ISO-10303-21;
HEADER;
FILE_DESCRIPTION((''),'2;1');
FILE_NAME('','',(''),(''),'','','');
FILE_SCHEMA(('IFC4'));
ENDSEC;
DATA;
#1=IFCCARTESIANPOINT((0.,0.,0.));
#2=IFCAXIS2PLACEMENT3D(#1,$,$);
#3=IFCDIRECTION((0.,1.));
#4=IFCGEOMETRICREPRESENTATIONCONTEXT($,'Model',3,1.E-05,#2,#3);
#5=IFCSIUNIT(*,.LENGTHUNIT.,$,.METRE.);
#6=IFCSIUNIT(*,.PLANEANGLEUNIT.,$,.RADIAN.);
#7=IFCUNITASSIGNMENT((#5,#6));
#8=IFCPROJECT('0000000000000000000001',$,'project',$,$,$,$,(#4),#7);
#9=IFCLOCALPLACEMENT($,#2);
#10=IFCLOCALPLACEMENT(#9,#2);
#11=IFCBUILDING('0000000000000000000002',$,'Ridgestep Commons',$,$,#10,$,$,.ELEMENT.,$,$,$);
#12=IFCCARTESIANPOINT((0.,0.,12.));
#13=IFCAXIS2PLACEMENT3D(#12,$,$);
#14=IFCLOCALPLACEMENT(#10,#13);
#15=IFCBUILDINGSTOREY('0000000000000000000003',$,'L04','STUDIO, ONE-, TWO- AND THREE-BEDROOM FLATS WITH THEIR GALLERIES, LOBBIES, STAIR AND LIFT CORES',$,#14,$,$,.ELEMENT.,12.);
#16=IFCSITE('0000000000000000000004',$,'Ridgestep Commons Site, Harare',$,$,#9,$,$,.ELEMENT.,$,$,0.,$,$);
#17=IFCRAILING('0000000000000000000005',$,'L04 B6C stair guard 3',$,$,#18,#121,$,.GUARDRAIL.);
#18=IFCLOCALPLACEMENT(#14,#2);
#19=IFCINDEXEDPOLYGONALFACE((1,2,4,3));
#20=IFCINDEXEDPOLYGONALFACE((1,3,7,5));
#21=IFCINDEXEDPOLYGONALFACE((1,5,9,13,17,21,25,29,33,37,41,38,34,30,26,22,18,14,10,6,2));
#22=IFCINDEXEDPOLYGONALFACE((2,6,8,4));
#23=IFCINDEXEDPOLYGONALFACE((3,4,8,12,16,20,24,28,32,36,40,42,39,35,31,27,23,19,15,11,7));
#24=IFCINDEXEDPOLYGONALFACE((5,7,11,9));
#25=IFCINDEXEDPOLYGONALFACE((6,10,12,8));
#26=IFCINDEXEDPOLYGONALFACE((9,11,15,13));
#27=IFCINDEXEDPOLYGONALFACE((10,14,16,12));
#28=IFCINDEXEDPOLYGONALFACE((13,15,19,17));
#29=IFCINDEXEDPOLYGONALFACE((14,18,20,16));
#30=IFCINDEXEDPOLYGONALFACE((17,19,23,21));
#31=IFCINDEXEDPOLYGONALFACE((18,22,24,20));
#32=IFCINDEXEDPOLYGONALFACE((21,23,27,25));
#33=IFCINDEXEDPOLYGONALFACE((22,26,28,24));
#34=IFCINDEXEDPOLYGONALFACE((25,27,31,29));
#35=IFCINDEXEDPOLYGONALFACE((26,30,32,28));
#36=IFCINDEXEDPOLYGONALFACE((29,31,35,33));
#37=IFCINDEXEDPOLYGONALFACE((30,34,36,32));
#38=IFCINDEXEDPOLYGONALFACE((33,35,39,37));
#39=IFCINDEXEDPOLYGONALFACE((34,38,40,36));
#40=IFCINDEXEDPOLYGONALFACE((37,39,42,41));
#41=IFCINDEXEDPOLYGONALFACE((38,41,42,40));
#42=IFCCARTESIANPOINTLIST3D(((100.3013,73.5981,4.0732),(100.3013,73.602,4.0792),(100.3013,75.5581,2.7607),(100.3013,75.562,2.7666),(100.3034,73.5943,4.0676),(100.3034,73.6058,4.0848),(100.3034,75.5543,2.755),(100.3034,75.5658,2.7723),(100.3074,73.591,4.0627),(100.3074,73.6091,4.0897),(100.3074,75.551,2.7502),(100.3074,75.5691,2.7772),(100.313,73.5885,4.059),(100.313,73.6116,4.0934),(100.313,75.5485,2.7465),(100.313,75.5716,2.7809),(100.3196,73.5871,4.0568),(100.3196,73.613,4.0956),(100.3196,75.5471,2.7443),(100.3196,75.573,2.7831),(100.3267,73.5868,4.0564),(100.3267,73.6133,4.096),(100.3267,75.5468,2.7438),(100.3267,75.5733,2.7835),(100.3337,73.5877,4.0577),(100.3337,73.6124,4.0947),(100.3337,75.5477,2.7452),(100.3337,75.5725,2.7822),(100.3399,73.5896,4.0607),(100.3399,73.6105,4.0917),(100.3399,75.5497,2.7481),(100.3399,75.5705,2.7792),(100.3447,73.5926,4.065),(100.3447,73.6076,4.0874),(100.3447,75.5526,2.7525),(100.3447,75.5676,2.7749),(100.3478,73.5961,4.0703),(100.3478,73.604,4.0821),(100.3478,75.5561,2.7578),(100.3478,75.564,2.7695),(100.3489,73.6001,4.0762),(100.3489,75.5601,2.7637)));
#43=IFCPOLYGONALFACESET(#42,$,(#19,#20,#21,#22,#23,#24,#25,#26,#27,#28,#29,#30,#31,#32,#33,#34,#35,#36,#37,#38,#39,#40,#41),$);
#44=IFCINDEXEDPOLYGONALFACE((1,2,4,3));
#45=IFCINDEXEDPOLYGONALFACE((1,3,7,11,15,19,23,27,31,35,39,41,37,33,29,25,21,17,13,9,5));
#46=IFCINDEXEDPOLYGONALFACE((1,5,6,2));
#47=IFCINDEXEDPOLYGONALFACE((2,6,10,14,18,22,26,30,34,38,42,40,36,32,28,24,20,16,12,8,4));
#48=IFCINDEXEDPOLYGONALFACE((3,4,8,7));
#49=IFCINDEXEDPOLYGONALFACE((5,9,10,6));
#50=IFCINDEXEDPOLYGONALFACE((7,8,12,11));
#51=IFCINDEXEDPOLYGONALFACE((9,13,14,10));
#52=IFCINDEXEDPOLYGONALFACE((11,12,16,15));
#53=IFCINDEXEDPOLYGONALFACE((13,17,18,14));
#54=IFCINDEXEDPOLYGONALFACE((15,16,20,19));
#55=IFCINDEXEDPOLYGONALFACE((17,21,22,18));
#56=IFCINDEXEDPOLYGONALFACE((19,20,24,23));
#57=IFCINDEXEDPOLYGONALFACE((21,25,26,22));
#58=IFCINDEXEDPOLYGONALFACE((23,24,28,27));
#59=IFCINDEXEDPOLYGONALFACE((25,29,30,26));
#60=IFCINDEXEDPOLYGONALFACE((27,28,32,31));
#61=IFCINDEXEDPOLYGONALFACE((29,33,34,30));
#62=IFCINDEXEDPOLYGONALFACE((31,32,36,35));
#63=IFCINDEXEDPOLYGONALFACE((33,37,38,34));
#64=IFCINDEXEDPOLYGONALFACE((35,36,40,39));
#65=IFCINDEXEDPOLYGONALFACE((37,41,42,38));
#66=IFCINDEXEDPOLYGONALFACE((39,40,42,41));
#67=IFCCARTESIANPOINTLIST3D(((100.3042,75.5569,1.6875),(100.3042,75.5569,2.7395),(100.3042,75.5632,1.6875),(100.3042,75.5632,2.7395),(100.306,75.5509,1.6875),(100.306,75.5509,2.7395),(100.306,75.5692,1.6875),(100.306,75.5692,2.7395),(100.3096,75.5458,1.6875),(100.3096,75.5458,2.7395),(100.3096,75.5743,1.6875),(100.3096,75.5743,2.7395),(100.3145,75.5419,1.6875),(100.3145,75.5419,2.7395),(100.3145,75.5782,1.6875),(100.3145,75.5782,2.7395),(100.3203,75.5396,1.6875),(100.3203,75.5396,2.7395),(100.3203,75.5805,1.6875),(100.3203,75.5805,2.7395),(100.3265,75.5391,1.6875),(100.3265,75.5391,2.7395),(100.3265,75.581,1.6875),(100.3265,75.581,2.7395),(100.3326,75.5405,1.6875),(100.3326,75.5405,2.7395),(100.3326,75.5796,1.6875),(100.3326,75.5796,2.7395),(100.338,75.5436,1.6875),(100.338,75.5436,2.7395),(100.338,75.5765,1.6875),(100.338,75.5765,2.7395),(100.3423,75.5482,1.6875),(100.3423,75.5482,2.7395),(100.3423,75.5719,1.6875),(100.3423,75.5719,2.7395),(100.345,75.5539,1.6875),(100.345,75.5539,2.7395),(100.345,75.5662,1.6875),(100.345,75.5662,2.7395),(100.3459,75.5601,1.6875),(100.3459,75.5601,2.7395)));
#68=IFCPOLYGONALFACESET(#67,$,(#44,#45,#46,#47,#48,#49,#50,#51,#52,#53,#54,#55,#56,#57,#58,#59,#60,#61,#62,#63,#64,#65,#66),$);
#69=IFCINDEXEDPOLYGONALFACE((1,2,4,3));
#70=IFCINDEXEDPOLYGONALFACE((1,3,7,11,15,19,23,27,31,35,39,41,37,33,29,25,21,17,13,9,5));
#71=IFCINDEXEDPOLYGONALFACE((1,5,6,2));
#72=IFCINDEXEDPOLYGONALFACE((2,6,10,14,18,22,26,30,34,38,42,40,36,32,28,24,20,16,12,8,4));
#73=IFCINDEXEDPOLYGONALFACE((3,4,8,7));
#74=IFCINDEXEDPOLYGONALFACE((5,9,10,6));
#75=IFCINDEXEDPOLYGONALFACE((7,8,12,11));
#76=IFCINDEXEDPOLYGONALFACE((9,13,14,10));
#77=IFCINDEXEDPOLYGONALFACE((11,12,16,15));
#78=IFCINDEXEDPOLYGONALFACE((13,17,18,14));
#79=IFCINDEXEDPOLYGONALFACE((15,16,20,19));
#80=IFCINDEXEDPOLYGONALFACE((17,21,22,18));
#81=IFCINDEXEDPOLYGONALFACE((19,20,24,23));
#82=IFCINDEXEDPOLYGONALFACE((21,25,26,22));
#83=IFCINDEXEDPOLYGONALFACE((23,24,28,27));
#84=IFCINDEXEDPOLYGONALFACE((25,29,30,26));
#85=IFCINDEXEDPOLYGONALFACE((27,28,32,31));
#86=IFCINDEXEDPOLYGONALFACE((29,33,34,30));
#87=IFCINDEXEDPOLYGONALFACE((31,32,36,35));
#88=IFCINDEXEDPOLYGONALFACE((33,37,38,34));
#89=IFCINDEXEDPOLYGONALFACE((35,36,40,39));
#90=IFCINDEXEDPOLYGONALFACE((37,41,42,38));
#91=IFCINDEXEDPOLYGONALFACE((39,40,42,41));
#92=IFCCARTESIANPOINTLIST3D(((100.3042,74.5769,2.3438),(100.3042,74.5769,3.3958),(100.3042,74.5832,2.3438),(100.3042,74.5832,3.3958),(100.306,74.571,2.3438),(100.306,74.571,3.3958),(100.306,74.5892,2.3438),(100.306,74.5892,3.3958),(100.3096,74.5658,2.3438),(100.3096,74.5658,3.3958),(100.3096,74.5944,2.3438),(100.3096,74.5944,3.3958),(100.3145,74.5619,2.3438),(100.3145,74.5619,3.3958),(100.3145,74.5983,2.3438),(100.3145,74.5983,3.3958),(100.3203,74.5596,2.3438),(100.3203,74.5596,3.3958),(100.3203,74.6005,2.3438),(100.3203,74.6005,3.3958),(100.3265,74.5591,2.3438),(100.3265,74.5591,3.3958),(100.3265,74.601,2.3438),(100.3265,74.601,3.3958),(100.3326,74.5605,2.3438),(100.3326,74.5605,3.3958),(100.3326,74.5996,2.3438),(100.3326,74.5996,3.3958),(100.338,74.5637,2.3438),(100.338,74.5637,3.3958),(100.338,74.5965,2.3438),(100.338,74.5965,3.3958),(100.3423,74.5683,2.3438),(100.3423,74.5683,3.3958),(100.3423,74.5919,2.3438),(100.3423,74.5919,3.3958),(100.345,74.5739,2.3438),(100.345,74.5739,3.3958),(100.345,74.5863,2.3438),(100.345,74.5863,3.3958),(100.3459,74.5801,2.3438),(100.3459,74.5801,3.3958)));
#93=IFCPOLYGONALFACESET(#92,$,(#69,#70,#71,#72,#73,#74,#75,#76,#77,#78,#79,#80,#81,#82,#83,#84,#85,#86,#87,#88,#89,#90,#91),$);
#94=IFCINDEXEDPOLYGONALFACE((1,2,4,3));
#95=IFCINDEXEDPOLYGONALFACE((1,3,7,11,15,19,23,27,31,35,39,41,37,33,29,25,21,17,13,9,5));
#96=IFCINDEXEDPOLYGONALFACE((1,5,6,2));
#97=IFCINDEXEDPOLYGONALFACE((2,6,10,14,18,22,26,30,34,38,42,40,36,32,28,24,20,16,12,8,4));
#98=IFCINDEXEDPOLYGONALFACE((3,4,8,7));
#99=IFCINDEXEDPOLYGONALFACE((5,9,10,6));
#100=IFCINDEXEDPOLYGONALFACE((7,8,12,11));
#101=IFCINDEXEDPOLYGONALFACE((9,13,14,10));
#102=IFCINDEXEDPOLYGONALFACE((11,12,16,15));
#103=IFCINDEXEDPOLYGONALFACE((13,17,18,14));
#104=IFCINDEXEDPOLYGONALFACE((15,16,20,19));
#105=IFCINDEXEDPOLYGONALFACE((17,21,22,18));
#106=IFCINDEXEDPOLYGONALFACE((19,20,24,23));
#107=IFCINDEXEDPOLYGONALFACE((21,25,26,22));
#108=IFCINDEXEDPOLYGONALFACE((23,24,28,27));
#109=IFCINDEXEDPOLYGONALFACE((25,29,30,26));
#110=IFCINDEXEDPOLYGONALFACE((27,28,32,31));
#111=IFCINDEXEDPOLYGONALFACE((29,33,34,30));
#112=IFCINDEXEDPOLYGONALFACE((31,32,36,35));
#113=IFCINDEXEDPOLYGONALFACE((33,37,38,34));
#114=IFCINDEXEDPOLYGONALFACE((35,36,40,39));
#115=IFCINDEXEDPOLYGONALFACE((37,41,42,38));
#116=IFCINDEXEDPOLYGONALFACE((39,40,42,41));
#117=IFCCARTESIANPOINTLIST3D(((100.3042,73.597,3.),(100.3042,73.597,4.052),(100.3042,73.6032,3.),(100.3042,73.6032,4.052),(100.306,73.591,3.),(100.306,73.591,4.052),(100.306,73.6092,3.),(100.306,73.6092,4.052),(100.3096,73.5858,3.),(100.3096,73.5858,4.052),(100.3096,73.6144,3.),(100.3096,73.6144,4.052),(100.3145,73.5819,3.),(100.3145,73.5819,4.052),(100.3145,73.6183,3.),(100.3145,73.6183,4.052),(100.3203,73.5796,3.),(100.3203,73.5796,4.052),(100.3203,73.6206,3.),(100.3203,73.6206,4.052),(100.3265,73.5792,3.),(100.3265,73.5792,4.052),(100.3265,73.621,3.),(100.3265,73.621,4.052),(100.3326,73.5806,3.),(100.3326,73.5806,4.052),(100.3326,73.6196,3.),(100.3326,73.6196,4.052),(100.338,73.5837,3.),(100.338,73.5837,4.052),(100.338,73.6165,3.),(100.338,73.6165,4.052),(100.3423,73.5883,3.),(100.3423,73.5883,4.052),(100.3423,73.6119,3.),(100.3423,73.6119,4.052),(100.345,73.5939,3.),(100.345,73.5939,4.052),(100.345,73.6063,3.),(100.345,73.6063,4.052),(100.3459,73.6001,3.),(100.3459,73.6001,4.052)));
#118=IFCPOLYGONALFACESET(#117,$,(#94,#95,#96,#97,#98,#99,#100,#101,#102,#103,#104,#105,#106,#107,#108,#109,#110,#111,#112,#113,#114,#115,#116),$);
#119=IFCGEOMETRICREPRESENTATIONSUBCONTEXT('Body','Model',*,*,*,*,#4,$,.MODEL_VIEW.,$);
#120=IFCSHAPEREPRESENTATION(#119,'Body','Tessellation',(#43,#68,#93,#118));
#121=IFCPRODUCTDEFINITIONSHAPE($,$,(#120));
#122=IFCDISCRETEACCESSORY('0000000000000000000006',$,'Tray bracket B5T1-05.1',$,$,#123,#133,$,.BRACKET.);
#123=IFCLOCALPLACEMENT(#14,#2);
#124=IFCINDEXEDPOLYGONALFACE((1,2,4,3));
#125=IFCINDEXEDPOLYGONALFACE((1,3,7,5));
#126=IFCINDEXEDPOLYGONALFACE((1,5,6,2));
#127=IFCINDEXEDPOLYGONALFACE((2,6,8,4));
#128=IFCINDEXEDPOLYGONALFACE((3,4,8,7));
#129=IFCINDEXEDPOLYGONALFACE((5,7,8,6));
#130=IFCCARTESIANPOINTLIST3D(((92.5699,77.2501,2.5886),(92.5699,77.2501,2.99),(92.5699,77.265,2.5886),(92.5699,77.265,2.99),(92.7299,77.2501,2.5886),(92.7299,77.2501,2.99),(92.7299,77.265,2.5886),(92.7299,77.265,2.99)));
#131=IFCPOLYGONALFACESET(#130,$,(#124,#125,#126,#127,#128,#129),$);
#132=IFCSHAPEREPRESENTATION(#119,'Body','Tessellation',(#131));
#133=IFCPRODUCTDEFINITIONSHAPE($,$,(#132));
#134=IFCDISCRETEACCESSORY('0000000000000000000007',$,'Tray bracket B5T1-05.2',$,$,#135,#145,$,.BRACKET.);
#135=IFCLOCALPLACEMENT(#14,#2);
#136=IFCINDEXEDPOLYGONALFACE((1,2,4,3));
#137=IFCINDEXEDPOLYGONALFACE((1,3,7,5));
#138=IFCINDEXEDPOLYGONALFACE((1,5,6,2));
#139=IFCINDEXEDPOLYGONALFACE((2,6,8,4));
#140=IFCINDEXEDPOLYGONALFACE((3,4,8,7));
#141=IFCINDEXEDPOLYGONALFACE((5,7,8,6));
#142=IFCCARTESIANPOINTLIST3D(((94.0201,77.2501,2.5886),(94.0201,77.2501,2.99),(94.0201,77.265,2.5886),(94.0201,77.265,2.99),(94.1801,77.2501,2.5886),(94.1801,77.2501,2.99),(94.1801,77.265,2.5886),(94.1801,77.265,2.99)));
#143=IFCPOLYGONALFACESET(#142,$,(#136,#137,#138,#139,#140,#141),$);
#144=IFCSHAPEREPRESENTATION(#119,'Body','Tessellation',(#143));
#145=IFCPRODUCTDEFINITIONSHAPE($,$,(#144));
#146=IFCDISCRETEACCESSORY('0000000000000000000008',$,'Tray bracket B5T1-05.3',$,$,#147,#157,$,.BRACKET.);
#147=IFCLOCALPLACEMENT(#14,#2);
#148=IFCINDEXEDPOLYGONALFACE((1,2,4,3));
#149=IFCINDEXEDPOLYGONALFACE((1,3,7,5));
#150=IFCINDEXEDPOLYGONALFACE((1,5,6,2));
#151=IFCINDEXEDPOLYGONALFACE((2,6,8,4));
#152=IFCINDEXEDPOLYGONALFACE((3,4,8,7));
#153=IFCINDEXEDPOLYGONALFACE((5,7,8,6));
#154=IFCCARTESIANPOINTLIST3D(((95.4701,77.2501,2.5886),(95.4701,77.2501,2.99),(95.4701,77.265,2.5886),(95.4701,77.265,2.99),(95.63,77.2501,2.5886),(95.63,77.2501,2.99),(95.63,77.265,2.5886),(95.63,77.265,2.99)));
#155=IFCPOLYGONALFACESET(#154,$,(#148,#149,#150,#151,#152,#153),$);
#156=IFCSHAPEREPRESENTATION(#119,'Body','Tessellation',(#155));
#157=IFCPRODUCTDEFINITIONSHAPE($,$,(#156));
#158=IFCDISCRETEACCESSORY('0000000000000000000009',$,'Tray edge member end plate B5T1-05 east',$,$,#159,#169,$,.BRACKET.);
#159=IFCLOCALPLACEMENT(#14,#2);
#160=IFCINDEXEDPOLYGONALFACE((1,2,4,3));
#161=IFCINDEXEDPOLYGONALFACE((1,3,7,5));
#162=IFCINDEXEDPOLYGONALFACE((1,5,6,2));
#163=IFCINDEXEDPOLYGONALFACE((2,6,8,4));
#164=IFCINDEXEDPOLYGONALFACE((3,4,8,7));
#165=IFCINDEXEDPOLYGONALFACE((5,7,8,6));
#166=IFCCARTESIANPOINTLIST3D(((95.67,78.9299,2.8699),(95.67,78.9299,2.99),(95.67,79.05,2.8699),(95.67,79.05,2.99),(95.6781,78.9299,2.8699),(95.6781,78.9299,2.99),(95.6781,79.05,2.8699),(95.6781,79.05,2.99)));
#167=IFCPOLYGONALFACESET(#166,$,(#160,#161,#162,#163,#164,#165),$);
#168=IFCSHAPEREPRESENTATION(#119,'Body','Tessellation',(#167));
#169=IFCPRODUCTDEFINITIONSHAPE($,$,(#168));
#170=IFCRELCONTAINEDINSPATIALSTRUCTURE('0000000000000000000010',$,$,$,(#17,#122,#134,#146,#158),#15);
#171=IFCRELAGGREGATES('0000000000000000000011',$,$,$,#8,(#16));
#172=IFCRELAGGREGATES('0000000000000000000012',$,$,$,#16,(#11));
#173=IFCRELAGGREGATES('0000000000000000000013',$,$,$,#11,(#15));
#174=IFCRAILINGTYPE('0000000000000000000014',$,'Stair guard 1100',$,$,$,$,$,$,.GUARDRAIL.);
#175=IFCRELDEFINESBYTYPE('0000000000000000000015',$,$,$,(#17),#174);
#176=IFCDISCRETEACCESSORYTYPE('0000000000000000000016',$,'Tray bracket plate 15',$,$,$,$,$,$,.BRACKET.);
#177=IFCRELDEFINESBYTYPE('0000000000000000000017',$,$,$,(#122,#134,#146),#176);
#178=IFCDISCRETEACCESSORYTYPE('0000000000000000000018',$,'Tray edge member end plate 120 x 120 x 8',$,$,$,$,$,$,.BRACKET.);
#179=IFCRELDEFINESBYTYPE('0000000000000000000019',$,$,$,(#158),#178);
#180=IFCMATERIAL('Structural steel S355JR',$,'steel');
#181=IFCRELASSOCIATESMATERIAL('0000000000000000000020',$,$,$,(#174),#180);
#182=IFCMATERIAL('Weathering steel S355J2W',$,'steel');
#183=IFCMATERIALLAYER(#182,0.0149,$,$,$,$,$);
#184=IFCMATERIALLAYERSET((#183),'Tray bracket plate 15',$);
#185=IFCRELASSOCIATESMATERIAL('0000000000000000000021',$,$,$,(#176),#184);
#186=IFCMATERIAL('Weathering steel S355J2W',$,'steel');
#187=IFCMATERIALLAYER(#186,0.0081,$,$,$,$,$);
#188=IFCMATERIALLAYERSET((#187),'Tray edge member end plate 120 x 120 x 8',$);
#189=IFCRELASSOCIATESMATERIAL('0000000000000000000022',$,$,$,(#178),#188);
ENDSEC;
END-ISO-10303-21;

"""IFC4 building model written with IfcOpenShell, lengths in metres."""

from ifc_helpers import new_model, si_unit, direction, frame, origin, origin_2d, place, context, subcontext, project, spatial, rectangle, circle, extrude, material, layer, layer_set, type_object, element, save


model = new_model("IFC4")

# Units and contexts
model_context = context("Model", 3, precision=1e-05, world=origin(), true_north=direction((0.0, 1.0)))
body_context = subcontext(model_context, "Body", "Model", "MODEL_VIEW")
ifc_project = project(units=[si_unit("LENGTHUNIT", "METRE"), si_unit("PLANEANGLEUNIT", "RADIAN")], contexts=[model_context])

# Site, building, storey
site_placement = place(None, origin())
site = spatial("IfcSite", under=ifc_project, at=site_placement, Name="Ridgestep Commons Site, Harare", CompositionType="ELEMENT", RefElevation=0.0)
building_placement = place(site_placement, origin())
building = spatial("IfcBuilding", under=site, at=building_placement, Name="Ridgestep Commons", CompositionType="ELEMENT")
storey_placement = place(building_placement, frame((0.0, 0.0, 12.0)))
storey = spatial("IfcBuildingStorey", under=building, at=storey_placement, Name="L04", Description="STUDIO, ONE-, TWO- AND THREE-BEDROOM FLATS WITH THEIR GALLERIES, LOBBIES, STAIR AND LIFT CORES", CompositionType="ELEMENT", Elevation=12.0)

# Railing
ifc_material_1 = material(Name="Structural steel S355JR", Category="steel")
railing_type = type_object("IfcRailingType", Name="Stair guard 1100", PredefinedType="GUARDRAIL", material=ifc_material_1)
railing_placement = place(storey_placement, frame((100.325, 75.5601, 1.6875)))
element("IfcRailing", 1, at=railing_placement, inside=storey, type_object=railing_type, Name="L04 B6C stair guard 3", PredefinedType="GUARDRAIL", context=body_context, shape_type="SweptSolid", body=[
    extrude(circle(Radius=0.0239, at=origin_2d()), frame((0.0, 0.0, 1.0762), z_axis=(0.0, -0.830902, 0.556419), x_axis=(1.0, 0.0, 0.0)), (0.0, 0.0, 1.0), 2.3589),
    extrude(circle(Radius=0.021, at=origin_2d()), origin(), (0.0, 0.0, 1.0), 1.052),
    extrude(circle(Radius=0.021, at=origin_2d()), frame((0.0, -0.98, 0.6562)), (0.0, 0.0, 1.0), 1.052),
    extrude(circle(Radius=0.021, at=origin_2d()), frame((0.0, -1.96, 1.3125)), (0.0, 0.0, 1.0), 1.052),
])

# Discrete accessories
ifc_material_2 = material(Name="Weathering steel S355J2W", Category="steel")
ifc_layer_1 = layer(ifc_material_2, 0.0149)
ifc_layer_set_1 = layer_set([ifc_layer_1], Name="Tray bracket plate 15")
discrete_accessory_type_1 = type_object("IfcDiscreteAccessoryType", Name="Tray bracket plate 15", PredefinedType="BRACKET", material=ifc_layer_set_1)
for number, where, z_axis, x_axis, name in (
    (2, (92.6499, 77.2576, 2.5886), (0.0, 0.0, 1.0), (1.0, 0.0, 0.0), "Tray bracket B5T1-05.1"),
    (3, (94.1001, 77.2576, 2.5886), (0.0, 0.0, 1.0), (1.0, 0.0, 0.0), "Tray bracket B5T1-05.2"),
    (4, (95.55, 77.2576, 2.5886), (0.0, 0.0, 1.0), (1.0, 0.0, 0.0), "Tray bracket B5T1-05.3"),
):
    element("IfcDiscreteAccessory", number, at=place(storey_placement, frame(where, z_axis=z_axis, x_axis=x_axis)), inside=storey, type_object=discrete_accessory_type_1, Name=name, PredefinedType="BRACKET", context=body_context, shape_type="SweptSolid", body=[
        extrude(rectangle(XDim=0.1599, YDim=0.0149, at=origin_2d()), origin(), (0.0, 0.0, 1.0), 0.4014),
    ])
ifc_material_3 = material(Name="Weathering steel S355J2W", Category="steel")
ifc_layer_2 = layer(ifc_material_3, 0.0081)
ifc_layer_set_2 = layer_set([ifc_layer_2], Name="Tray edge member end plate 120 x 120 x 8")
discrete_accessory_type_2 = type_object("IfcDiscreteAccessoryType", Name="Tray edge member end plate 120 x 120 x 8", PredefinedType="BRACKET", material=ifc_layer_set_2)
discrete_accessory_placement = place(storey_placement, frame((95.6741, 78.99, 2.8699), z_axis=(0.0, 0.0, 1.0), x_axis=(1.0, 0.0, 0.0)))
element("IfcDiscreteAccessory", 5, at=discrete_accessory_placement, inside=storey, type_object=discrete_accessory_type_2, Name="Tray edge member end plate B5T1-05 east", PredefinedType="BRACKET", context=body_context, shape_type="SweptSolid", body=[
    extrude(rectangle(XDim=0.0081, YDim=0.1201, at=origin_2d()), origin(), (0.0, 0.0, 1.0), 0.1201),
])

save(model, "model.ifc")
